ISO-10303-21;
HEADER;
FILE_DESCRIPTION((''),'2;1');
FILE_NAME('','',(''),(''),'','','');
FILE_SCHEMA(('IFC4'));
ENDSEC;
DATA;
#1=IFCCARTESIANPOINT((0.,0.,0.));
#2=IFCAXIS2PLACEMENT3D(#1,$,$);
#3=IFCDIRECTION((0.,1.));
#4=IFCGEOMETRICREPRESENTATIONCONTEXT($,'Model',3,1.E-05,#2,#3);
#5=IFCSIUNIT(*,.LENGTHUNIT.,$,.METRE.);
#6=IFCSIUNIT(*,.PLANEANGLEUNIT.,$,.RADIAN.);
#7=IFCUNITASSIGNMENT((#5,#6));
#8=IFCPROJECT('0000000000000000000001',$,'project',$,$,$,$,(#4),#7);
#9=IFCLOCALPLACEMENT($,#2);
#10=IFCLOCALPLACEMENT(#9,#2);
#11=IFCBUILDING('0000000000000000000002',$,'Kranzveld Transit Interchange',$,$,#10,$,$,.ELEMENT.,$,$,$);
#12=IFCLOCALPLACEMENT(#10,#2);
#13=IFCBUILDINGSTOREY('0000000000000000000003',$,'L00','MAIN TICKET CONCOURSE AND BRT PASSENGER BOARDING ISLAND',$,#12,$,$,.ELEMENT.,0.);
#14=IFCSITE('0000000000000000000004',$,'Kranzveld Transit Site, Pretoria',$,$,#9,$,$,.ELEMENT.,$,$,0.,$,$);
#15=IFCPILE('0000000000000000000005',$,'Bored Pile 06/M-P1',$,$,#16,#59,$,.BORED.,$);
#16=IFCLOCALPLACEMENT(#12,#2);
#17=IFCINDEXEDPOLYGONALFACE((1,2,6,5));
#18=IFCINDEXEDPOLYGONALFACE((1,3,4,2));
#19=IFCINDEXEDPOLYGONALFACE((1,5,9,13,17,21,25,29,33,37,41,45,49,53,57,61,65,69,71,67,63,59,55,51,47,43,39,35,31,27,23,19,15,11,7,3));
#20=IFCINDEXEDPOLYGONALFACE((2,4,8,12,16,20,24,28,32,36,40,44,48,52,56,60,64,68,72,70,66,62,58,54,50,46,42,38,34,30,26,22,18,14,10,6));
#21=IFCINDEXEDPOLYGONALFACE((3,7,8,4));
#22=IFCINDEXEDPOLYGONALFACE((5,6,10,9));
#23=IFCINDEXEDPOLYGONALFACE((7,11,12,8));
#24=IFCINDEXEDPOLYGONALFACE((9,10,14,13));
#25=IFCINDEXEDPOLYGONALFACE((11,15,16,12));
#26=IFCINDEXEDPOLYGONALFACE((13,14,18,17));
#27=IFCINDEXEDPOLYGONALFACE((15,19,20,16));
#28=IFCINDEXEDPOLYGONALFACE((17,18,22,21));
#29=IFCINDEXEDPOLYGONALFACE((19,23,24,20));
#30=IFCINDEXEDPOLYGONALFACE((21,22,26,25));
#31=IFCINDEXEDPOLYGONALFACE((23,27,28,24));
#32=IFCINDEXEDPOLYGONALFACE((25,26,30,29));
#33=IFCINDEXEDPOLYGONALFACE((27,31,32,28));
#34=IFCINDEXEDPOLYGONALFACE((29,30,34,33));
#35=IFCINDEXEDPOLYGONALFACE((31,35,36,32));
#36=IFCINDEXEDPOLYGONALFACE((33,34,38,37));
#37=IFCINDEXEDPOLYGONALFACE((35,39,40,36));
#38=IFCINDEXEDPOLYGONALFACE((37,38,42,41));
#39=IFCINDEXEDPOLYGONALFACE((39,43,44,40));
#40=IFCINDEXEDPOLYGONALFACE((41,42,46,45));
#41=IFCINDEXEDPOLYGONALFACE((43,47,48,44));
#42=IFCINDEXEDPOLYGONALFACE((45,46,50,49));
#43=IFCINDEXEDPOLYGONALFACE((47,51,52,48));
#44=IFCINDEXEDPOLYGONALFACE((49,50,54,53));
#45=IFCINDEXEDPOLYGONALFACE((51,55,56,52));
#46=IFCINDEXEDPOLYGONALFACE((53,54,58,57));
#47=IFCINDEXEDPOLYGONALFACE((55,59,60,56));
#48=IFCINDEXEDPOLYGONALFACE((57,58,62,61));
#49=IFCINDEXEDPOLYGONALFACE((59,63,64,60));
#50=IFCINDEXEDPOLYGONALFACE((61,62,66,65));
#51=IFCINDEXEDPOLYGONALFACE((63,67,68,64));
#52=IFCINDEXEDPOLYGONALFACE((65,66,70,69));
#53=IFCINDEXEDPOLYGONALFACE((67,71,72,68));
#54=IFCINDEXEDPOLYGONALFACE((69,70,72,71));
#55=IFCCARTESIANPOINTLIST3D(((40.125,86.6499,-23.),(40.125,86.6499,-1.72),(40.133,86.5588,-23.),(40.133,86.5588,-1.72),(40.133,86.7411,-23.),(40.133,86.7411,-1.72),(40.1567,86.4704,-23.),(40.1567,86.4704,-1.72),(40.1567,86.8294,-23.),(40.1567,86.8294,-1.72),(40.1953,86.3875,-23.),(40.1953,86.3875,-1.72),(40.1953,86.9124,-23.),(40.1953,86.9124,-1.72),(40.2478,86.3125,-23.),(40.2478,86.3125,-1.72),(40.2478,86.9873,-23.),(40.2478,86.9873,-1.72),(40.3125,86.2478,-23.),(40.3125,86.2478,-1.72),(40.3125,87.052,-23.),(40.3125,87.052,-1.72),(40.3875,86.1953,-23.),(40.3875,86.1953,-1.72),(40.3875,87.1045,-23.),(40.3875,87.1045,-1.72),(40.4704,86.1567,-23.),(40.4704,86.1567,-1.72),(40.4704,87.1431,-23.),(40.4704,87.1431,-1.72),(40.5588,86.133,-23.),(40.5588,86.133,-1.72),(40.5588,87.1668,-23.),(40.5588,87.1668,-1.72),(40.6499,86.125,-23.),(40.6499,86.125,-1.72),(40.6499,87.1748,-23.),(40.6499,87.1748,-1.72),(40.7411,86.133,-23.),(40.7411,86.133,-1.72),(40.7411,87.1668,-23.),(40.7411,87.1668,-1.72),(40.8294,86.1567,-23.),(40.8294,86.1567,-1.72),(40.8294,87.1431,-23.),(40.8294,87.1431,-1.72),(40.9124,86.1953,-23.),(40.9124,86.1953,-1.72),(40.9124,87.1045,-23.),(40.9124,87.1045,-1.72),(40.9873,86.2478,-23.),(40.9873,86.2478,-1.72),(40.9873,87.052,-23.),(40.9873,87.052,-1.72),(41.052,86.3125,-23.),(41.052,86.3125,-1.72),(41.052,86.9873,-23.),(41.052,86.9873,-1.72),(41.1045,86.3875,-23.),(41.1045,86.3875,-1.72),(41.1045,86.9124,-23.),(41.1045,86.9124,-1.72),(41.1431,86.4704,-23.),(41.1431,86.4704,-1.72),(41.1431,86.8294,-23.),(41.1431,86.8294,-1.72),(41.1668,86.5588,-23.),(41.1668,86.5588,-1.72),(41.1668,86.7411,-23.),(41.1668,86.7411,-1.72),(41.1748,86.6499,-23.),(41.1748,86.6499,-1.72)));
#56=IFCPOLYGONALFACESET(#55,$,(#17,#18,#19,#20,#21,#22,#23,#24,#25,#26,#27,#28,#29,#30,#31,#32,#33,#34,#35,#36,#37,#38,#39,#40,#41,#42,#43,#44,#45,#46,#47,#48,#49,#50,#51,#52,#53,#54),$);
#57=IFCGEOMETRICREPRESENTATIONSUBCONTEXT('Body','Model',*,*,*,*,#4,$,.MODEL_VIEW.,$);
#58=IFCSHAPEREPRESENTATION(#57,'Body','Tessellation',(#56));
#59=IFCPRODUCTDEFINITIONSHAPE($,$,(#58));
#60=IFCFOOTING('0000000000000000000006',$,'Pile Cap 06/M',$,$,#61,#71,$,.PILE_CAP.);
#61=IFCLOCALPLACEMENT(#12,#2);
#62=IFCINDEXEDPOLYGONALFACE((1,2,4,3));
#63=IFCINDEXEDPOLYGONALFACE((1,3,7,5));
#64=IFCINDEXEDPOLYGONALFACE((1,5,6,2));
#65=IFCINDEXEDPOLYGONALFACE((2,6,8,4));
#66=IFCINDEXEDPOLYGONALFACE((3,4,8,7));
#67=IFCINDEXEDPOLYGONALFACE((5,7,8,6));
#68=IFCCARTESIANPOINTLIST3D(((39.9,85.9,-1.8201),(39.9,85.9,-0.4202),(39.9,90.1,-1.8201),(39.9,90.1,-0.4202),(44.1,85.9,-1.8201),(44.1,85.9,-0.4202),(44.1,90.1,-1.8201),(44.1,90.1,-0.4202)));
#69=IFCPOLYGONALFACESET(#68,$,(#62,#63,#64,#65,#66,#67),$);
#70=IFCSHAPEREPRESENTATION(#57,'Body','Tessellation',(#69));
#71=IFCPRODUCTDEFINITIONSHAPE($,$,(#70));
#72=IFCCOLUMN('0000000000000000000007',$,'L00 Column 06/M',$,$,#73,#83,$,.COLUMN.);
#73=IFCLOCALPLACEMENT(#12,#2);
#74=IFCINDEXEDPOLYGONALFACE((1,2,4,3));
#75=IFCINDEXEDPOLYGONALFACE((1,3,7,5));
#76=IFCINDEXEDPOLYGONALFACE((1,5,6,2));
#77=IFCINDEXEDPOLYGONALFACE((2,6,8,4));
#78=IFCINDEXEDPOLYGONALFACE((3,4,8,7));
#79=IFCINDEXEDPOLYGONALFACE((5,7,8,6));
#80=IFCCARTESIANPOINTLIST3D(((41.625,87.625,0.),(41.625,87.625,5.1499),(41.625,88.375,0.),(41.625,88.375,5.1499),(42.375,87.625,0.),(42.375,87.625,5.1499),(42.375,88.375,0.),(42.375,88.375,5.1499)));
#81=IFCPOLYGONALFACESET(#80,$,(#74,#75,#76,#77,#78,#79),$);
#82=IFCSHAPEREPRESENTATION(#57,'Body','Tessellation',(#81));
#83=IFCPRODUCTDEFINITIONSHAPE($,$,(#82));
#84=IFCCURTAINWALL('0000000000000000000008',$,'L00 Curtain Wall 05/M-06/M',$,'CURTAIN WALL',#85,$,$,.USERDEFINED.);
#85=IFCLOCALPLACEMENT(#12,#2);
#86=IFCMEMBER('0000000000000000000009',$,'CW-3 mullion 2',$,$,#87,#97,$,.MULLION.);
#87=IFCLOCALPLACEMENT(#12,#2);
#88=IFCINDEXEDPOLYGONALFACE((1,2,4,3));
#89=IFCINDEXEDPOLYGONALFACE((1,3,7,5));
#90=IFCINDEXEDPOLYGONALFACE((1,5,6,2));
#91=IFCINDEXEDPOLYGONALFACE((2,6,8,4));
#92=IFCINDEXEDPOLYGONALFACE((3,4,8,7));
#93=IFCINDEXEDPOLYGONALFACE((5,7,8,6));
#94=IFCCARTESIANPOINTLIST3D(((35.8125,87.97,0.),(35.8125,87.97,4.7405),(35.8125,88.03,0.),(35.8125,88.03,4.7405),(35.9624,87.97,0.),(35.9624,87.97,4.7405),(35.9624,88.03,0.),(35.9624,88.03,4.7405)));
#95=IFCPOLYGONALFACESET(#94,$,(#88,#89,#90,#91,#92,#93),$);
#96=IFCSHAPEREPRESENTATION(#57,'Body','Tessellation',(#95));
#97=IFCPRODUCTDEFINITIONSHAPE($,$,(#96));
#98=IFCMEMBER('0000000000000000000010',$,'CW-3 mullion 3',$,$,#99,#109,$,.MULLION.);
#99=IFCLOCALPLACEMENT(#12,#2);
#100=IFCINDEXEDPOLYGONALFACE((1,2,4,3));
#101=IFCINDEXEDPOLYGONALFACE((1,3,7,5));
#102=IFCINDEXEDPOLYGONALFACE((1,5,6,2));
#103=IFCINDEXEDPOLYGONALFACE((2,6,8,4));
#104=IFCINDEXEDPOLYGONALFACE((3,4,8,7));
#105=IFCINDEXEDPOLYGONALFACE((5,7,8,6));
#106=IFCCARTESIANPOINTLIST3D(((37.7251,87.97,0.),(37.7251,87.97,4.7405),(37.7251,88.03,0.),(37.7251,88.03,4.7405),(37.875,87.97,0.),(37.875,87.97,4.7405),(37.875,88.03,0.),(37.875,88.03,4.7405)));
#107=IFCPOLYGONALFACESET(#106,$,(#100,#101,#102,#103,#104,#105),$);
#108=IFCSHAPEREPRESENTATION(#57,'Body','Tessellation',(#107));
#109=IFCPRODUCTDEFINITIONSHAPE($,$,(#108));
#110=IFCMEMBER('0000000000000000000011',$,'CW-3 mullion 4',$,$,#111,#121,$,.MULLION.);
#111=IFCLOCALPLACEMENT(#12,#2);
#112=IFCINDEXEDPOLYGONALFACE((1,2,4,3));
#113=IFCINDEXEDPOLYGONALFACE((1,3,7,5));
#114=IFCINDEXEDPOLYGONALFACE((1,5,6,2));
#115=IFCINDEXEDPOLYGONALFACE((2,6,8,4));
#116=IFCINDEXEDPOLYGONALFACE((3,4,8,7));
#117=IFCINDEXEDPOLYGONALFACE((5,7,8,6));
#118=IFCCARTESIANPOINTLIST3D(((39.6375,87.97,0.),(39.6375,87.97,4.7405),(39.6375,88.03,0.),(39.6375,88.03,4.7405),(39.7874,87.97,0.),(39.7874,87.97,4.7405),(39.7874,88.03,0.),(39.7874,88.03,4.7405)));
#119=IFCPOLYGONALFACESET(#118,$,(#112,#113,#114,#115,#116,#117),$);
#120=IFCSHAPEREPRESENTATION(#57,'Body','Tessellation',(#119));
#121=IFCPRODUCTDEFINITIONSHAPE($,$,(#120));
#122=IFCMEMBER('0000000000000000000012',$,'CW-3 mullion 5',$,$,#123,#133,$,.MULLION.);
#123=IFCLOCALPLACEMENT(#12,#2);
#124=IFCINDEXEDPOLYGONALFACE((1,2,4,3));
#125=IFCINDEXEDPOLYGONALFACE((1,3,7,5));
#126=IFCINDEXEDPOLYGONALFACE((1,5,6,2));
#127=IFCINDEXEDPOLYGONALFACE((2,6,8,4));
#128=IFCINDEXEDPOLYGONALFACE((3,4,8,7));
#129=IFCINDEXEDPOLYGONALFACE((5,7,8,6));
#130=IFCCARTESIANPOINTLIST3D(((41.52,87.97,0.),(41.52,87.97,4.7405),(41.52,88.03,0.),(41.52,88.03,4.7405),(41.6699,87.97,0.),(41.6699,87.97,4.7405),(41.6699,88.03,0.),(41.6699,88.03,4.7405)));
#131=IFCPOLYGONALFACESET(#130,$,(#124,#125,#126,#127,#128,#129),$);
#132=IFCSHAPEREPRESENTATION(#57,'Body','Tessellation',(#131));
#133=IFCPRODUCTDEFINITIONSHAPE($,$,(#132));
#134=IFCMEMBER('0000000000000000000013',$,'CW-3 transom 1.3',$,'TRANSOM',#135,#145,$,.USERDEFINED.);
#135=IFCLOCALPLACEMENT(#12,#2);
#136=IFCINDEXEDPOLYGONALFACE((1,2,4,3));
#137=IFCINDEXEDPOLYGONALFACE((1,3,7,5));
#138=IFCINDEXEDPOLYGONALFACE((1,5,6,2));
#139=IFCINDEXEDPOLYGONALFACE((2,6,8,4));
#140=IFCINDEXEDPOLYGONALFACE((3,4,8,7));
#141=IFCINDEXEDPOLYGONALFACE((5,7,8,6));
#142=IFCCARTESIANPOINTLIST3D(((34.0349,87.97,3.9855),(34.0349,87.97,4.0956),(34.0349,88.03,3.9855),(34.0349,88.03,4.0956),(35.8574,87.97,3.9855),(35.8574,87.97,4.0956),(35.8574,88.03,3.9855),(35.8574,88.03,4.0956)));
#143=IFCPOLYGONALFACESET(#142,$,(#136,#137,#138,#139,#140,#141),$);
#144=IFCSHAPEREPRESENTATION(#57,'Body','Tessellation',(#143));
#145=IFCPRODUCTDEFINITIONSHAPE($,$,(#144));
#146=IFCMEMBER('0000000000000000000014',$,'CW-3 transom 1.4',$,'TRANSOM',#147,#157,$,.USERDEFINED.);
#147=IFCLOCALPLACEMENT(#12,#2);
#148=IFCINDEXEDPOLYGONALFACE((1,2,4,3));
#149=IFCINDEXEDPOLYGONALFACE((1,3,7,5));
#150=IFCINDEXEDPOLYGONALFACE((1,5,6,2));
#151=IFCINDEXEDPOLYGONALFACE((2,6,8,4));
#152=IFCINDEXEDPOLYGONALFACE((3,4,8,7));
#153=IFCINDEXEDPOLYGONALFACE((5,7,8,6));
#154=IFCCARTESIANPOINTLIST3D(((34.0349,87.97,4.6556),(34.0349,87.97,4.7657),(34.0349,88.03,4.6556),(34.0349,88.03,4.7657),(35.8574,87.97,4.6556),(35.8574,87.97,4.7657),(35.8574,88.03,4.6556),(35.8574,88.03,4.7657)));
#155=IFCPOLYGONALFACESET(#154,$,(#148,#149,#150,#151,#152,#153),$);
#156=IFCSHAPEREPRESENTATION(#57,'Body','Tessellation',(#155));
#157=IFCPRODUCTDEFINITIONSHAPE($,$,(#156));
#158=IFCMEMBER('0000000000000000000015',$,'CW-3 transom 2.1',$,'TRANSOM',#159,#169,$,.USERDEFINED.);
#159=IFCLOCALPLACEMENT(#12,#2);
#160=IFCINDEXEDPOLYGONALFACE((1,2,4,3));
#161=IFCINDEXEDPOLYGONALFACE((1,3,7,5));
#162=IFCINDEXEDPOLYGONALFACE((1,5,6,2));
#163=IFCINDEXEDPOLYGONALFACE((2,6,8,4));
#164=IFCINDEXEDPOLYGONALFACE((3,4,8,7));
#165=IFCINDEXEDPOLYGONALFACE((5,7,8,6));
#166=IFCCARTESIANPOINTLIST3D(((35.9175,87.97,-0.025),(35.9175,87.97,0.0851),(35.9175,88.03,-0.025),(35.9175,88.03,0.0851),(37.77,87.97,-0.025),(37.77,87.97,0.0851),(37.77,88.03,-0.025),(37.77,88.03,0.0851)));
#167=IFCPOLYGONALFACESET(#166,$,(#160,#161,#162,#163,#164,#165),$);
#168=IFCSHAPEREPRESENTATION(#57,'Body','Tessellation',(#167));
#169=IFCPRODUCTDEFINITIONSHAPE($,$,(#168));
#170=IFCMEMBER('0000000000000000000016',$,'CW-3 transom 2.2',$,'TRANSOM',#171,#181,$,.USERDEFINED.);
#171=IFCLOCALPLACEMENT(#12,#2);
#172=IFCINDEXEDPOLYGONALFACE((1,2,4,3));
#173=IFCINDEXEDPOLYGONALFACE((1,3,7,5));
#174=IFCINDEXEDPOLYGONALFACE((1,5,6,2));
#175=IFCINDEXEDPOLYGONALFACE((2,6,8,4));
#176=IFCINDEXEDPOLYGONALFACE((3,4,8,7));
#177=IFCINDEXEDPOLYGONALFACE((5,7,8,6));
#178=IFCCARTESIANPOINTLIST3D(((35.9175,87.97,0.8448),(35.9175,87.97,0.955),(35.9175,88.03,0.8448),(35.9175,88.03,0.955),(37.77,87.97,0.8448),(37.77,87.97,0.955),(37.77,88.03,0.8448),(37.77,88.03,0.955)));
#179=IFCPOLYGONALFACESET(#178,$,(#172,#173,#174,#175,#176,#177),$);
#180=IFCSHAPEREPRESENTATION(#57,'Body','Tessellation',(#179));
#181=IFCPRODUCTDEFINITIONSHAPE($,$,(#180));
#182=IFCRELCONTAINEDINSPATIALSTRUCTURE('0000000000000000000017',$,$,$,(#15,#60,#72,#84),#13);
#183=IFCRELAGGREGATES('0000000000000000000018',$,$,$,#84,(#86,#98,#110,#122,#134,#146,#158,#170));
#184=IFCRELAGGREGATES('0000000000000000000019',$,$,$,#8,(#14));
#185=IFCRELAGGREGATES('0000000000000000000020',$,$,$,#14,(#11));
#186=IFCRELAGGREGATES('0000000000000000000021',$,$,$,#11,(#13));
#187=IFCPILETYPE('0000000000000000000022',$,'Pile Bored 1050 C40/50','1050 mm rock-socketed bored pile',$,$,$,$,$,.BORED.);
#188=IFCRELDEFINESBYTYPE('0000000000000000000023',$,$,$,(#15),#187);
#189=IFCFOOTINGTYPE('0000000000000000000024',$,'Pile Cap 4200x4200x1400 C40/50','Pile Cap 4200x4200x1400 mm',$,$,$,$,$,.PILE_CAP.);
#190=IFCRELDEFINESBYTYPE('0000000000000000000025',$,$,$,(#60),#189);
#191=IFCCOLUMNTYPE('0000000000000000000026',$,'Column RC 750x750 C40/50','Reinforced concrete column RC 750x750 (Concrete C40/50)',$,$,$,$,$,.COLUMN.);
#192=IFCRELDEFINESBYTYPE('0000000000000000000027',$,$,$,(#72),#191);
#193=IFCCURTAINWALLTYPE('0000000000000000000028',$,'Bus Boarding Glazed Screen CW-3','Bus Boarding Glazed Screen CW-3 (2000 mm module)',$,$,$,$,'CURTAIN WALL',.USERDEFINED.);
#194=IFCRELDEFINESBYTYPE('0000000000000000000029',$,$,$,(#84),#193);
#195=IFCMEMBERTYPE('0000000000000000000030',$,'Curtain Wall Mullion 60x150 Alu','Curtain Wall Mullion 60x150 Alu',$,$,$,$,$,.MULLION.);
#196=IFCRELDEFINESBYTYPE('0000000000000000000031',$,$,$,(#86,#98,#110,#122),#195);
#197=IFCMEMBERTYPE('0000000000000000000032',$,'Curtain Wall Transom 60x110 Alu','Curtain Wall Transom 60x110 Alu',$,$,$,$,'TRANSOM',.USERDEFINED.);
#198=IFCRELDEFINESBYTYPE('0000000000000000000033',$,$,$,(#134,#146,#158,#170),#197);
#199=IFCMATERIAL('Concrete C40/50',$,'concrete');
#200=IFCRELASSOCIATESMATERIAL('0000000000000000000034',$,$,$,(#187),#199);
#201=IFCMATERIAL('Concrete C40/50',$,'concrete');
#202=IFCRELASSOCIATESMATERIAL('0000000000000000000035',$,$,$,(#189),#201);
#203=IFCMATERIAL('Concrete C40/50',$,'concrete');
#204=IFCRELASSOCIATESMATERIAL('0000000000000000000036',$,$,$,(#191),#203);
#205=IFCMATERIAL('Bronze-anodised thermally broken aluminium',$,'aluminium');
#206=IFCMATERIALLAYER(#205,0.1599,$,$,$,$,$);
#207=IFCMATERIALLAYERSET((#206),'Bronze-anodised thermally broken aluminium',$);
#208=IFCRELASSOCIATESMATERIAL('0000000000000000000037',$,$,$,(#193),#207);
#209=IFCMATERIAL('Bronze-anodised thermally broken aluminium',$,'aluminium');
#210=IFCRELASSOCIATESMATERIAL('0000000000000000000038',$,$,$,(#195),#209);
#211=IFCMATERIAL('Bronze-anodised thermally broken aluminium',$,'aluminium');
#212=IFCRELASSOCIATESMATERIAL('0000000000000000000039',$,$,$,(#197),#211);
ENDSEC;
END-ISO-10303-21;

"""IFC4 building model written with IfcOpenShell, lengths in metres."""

from ifc_helpers import new_model, si_unit, direction, frame, origin, origin_2d, place, context, subcontext, project, spatial, rectangle, circle, extrude, material, layer, layer_set, material_profile, profile_set, type_object, element, aggregate, save


model = new_model("IFC4")

# Units and contexts
model_context = context("Model", 3, precision=1e-05, world=origin(), true_north=direction((0.0, 1.0)))
body_context = subcontext(model_context, "Body", "Model", "MODEL_VIEW")
ifc_project = project(units=[si_unit("LENGTHUNIT", "METRE"), si_unit("PLANEANGLEUNIT", "RADIAN")], contexts=[model_context])

# Site, building, storey
site_placement = place(None, origin())
site = spatial("IfcSite", under=ifc_project, at=site_placement, Name="Kranzveld Transit Site, Pretoria", CompositionType="ELEMENT", RefElevation=0.0)
building_placement = place(site_placement, origin())
building = spatial("IfcBuilding", under=site, at=building_placement, Name="Kranzveld Transit Interchange", CompositionType="ELEMENT")
storey_placement = place(building_placement, origin())
storey = spatial("IfcBuildingStorey", under=building, at=storey_placement, Name="L00", Description="MAIN TICKET CONCOURSE AND BRT PASSENGER BOARDING ISLAND", CompositionType="ELEMENT", Elevation=0.0)

# Pile
ifc_material_1 = material(Name="Concrete C40/50", Category="concrete")
ifc_material_profile_1 = material_profile(ifc_material_1, circle(Radius=0.5249, at=origin_2d()), Name="BORED PILE 1050")
ifc_profile_set_1 = profile_set([ifc_material_profile_1], Name="Concrete C40/50")
pile_type = type_object("IfcPileType", Name="Pile Bored 1050 C40/50", Description="1050 mm rock-socketed bored pile", PredefinedType="BORED", material=ifc_profile_set_1)
pile_placement = place(storey_placement, frame((40.6499, 86.6499, -1.72), z_axis=(0.0, 0.0, -1.0), x_axis=(1.0, 0.0, 0.0)))
element("IfcPile", 1, at=pile_placement, inside=storey, type_object=pile_type, Name="Bored Pile 06/M-P1", PredefinedType="BORED", context=body_context, shape_type="SweptSolid", body=[
    extrude(circle(Radius=0.5249, at=origin_2d()), origin(), (0.0, 0.0, 1.0), 21.28),
])

# Footing
ifc_material_2 = material(Name="Concrete C40/50", Category="concrete")
footing_type = type_object("IfcFootingType", Name="Pile Cap 4200x4200x1400 C40/50", Description="Pile Cap 4200x4200x1400 mm", PredefinedType="PILE_CAP", material=ifc_material_2)
footing_placement = place(storey_placement, frame((42.0, 88.0, -1.8201), z_axis=(0.0, 0.0, 1.0), x_axis=(1.0, 0.0, 0.0)))
element("IfcFooting", 2, at=footing_placement, inside=storey, type_object=footing_type, Name="Pile Cap 06/M", PredefinedType="PILE_CAP", context=body_context, shape_type="SweptSolid", body=[
    extrude(rectangle(XDim=4.2, YDim=4.2, at=origin_2d()), origin(), (0.0, 0.0, 1.0), 1.3999),
])

# Column
ifc_material_3 = material(Name="Concrete C40/50", Category="concrete")
ifc_material_profile_2 = material_profile(ifc_material_3, rectangle(XDim=0.75, YDim=0.75, at=origin_2d()), Name="RC 750x750")
ifc_profile_set_2 = profile_set([ifc_material_profile_2], Name="Concrete C40/50")
column_type = type_object("IfcColumnType", Name="Column RC 750x750 C40/50", Description="Reinforced concrete column RC 750x750 (Concrete C40/50)", PredefinedType="COLUMN", material=ifc_profile_set_2)
column_placement = place(storey_placement, frame((42.0, 88.0, 0.0), z_axis=(0.0, 0.0, 1.0), x_axis=(1.0, 0.0, 0.0)))
element("IfcColumn", 3, at=column_placement, inside=storey, type_object=column_type, Name="L00 Column 06/M", PredefinedType="COLUMN", context=body_context, shape_type="SweptSolid", body=[
    extrude(rectangle(XDim=0.75, YDim=0.75, at=origin_2d()), origin(), (0.0, 0.0, 1.0), 5.1499),
])

# Curtain wall, members
ifc_material_4 = material(Name="Bronze-anodised thermally broken aluminium", Category="aluminium")
ifc_layer_1 = layer(ifc_material_4, 0.1599)
ifc_layer_set_1 = layer_set([ifc_layer_1], Name="Bronze-anodised thermally broken aluminium")
curtain_wall_type = type_object("IfcCurtainWallType", Name="Bus Boarding Glazed Screen CW-3", Description="Bus Boarding Glazed Screen CW-3 (2000 mm module)", ElementType="CURTAIN WALL", PredefinedType="USERDEFINED", material=ifc_layer_set_1)
curtain_wall_placement = place(storey_placement, origin())
curtain_wall = element("IfcCurtainWall", 4, at=curtain_wall_placement, inside=storey, type_object=curtain_wall_type, Name="L00 Curtain Wall 05/M-06/M", ObjectType="CURTAIN WALL", PredefinedType="USERDEFINED")
ifc_material_5 = material(Name="Bronze-anodised thermally broken aluminium", Category="aluminium")
ifc_material_profile_3 = material_profile(ifc_material_5, rectangle(XDim=0.0601, YDim=0.1499, at=origin_2d()), Name="ALU MULLION 60x150")
ifc_profile_set_3 = profile_set([ifc_material_profile_3], Name="Bronze-anodised thermally broken aluminium")
member_type_1 = type_object("IfcMemberType", Name="Curtain Wall Mullion 60x150 Alu", Description="Curtain Wall Mullion 60x150 Alu", PredefinedType="MULLION", material=ifc_profile_set_3)
member_1_placement = place(storey_placement, frame((35.8875, 88.0, 0.0), z_axis=(0.0, 0.0, 1.0), x_axis=(0.0, 1.0, 0.0)))
member_1 = element("IfcMember", 5, at=member_1_placement, type_object=member_type_1, Name="CW-3 mullion 2", PredefinedType="MULLION", context=body_context, shape_type="SweptSolid", body=[
    extrude(rectangle(XDim=0.0601, YDim=0.1499, at=origin_2d()), origin(), (0.0, 0.0, 1.0), 4.7405),
])
member_2_placement = place(storey_placement, frame((37.8, 88.0, 0.0), z_axis=(0.0, 0.0, 1.0), x_axis=(0.0, 1.0, 0.0)))
member_2 = element("IfcMember", 6, at=member_2_placement, type_object=member_type_1, Name="CW-3 mullion 3", PredefinedType="MULLION", context=body_context, shape_type="SweptSolid", body=[
    extrude(rectangle(XDim=0.0601, YDim=0.1499, at=origin_2d()), origin(), (0.0, 0.0, 1.0), 4.7405),
])
member_3_placement = place(storey_placement, frame((39.7124, 88.0, 0.0), z_axis=(0.0, 0.0, 1.0), x_axis=(0.0, 1.0, 0.0)))
member_3 = element("IfcMember", 7, at=member_3_placement, type_object=member_type_1, Name="CW-3 mullion 4", PredefinedType="MULLION", context=body_context, shape_type="SweptSolid", body=[
    extrude(rectangle(XDim=0.0601, YDim=0.1499, at=origin_2d()), origin(), (0.0, 0.0, 1.0), 4.7405),
])
member_4_placement = place(storey_placement, frame((41.595, 88.0, 0.0), z_axis=(0.0, 0.0, 1.0), x_axis=(0.0, 1.0, 0.0)))
member_4 = element("IfcMember", 8, at=member_4_placement, type_object=member_type_1, Name="CW-3 mullion 5", PredefinedType="MULLION", context=body_context, shape_type="SweptSolid", body=[
    extrude(rectangle(XDim=0.0601, YDim=0.1499, at=origin_2d()), origin(), (0.0, 0.0, 1.0), 4.7405),
])
ifc_material_6 = material(Name="Bronze-anodised thermally broken aluminium", Category="aluminium")
ifc_material_profile_4 = material_profile(ifc_material_6, rectangle(XDim=0.0601, YDim=0.1101, at=origin_2d()), Name="ALU TRANSOM 60x110")
ifc_profile_set_4 = profile_set([ifc_material_profile_4], Name="Bronze-anodised thermally broken aluminium")
member_type_2 = type_object("IfcMemberType", Name="Curtain Wall Transom 60x110 Alu", Description="Curtain Wall Transom 60x110 Alu", ElementType="TRANSOM", PredefinedType="USERDEFINED", material=ifc_profile_set_4)
member_5_placement = place(storey_placement, frame((34.0349, 88.0, 4.0405), z_axis=(1.0, 0.0, 0.0), x_axis=(0.0, 1.0, 0.0)))
member_5 = element("IfcMember", 9, at=member_5_placement, type_object=member_type_2, Name="CW-3 transom 1.3", ObjectType="TRANSOM", PredefinedType="USERDEFINED", context=body_context, shape_type="SweptSolid", body=[
    extrude(rectangle(XDim=0.0601, YDim=0.1101, at=origin_2d()), origin(), (0.0, 0.0, 1.0), 1.8225),
])
member_6_placement = place(storey_placement, frame((34.0349, 88.0, 4.7107), z_axis=(1.0, 0.0, 0.0), x_axis=(0.0, 1.0, 0.0)))
member_6 = element("IfcMember", 10, at=member_6_placement, type_object=member_type_2, Name="CW-3 transom 1.4", ObjectType="TRANSOM", PredefinedType="USERDEFINED", context=body_context, shape_type="SweptSolid", body=[
    extrude(rectangle(XDim=0.0601, YDim=0.1101, at=origin_2d()), origin(), (0.0, 0.0, 1.0), 1.8225),
])
member_7_placement = place(storey_placement, frame((35.9175, 88.0, 0.03), z_axis=(1.0, 0.0, 0.0), x_axis=(0.0, 1.0, 0.0)))
member_7 = element("IfcMember", 11, at=member_7_placement, type_object=member_type_2, Name="CW-3 transom 2.1", ObjectType="TRANSOM", PredefinedType="USERDEFINED", context=body_context, shape_type="SweptSolid", body=[
    extrude(rectangle(XDim=0.0601, YDim=0.1101, at=origin_2d()), origin(), (0.0, 0.0, 1.0), 1.8525),
])
member_8_placement = place(storey_placement, frame((35.9175, 88.0, 0.8999), z_axis=(1.0, 0.0, 0.0), x_axis=(0.0, 1.0, 0.0)))
member_8 = element("IfcMember", 12, at=member_8_placement, type_object=member_type_2, Name="CW-3 transom 2.2", ObjectType="TRANSOM", PredefinedType="USERDEFINED", context=body_context, shape_type="SweptSolid", body=[
    extrude(rectangle(XDim=0.0601, YDim=0.1101, at=origin_2d()), origin(), (0.0, 0.0, 1.0), 1.8525),
])
aggregate(curtain_wall, [member_1, member_2, member_3, member_4, member_5, member_6, member_7, member_8])

save(model, "model.ifc")
